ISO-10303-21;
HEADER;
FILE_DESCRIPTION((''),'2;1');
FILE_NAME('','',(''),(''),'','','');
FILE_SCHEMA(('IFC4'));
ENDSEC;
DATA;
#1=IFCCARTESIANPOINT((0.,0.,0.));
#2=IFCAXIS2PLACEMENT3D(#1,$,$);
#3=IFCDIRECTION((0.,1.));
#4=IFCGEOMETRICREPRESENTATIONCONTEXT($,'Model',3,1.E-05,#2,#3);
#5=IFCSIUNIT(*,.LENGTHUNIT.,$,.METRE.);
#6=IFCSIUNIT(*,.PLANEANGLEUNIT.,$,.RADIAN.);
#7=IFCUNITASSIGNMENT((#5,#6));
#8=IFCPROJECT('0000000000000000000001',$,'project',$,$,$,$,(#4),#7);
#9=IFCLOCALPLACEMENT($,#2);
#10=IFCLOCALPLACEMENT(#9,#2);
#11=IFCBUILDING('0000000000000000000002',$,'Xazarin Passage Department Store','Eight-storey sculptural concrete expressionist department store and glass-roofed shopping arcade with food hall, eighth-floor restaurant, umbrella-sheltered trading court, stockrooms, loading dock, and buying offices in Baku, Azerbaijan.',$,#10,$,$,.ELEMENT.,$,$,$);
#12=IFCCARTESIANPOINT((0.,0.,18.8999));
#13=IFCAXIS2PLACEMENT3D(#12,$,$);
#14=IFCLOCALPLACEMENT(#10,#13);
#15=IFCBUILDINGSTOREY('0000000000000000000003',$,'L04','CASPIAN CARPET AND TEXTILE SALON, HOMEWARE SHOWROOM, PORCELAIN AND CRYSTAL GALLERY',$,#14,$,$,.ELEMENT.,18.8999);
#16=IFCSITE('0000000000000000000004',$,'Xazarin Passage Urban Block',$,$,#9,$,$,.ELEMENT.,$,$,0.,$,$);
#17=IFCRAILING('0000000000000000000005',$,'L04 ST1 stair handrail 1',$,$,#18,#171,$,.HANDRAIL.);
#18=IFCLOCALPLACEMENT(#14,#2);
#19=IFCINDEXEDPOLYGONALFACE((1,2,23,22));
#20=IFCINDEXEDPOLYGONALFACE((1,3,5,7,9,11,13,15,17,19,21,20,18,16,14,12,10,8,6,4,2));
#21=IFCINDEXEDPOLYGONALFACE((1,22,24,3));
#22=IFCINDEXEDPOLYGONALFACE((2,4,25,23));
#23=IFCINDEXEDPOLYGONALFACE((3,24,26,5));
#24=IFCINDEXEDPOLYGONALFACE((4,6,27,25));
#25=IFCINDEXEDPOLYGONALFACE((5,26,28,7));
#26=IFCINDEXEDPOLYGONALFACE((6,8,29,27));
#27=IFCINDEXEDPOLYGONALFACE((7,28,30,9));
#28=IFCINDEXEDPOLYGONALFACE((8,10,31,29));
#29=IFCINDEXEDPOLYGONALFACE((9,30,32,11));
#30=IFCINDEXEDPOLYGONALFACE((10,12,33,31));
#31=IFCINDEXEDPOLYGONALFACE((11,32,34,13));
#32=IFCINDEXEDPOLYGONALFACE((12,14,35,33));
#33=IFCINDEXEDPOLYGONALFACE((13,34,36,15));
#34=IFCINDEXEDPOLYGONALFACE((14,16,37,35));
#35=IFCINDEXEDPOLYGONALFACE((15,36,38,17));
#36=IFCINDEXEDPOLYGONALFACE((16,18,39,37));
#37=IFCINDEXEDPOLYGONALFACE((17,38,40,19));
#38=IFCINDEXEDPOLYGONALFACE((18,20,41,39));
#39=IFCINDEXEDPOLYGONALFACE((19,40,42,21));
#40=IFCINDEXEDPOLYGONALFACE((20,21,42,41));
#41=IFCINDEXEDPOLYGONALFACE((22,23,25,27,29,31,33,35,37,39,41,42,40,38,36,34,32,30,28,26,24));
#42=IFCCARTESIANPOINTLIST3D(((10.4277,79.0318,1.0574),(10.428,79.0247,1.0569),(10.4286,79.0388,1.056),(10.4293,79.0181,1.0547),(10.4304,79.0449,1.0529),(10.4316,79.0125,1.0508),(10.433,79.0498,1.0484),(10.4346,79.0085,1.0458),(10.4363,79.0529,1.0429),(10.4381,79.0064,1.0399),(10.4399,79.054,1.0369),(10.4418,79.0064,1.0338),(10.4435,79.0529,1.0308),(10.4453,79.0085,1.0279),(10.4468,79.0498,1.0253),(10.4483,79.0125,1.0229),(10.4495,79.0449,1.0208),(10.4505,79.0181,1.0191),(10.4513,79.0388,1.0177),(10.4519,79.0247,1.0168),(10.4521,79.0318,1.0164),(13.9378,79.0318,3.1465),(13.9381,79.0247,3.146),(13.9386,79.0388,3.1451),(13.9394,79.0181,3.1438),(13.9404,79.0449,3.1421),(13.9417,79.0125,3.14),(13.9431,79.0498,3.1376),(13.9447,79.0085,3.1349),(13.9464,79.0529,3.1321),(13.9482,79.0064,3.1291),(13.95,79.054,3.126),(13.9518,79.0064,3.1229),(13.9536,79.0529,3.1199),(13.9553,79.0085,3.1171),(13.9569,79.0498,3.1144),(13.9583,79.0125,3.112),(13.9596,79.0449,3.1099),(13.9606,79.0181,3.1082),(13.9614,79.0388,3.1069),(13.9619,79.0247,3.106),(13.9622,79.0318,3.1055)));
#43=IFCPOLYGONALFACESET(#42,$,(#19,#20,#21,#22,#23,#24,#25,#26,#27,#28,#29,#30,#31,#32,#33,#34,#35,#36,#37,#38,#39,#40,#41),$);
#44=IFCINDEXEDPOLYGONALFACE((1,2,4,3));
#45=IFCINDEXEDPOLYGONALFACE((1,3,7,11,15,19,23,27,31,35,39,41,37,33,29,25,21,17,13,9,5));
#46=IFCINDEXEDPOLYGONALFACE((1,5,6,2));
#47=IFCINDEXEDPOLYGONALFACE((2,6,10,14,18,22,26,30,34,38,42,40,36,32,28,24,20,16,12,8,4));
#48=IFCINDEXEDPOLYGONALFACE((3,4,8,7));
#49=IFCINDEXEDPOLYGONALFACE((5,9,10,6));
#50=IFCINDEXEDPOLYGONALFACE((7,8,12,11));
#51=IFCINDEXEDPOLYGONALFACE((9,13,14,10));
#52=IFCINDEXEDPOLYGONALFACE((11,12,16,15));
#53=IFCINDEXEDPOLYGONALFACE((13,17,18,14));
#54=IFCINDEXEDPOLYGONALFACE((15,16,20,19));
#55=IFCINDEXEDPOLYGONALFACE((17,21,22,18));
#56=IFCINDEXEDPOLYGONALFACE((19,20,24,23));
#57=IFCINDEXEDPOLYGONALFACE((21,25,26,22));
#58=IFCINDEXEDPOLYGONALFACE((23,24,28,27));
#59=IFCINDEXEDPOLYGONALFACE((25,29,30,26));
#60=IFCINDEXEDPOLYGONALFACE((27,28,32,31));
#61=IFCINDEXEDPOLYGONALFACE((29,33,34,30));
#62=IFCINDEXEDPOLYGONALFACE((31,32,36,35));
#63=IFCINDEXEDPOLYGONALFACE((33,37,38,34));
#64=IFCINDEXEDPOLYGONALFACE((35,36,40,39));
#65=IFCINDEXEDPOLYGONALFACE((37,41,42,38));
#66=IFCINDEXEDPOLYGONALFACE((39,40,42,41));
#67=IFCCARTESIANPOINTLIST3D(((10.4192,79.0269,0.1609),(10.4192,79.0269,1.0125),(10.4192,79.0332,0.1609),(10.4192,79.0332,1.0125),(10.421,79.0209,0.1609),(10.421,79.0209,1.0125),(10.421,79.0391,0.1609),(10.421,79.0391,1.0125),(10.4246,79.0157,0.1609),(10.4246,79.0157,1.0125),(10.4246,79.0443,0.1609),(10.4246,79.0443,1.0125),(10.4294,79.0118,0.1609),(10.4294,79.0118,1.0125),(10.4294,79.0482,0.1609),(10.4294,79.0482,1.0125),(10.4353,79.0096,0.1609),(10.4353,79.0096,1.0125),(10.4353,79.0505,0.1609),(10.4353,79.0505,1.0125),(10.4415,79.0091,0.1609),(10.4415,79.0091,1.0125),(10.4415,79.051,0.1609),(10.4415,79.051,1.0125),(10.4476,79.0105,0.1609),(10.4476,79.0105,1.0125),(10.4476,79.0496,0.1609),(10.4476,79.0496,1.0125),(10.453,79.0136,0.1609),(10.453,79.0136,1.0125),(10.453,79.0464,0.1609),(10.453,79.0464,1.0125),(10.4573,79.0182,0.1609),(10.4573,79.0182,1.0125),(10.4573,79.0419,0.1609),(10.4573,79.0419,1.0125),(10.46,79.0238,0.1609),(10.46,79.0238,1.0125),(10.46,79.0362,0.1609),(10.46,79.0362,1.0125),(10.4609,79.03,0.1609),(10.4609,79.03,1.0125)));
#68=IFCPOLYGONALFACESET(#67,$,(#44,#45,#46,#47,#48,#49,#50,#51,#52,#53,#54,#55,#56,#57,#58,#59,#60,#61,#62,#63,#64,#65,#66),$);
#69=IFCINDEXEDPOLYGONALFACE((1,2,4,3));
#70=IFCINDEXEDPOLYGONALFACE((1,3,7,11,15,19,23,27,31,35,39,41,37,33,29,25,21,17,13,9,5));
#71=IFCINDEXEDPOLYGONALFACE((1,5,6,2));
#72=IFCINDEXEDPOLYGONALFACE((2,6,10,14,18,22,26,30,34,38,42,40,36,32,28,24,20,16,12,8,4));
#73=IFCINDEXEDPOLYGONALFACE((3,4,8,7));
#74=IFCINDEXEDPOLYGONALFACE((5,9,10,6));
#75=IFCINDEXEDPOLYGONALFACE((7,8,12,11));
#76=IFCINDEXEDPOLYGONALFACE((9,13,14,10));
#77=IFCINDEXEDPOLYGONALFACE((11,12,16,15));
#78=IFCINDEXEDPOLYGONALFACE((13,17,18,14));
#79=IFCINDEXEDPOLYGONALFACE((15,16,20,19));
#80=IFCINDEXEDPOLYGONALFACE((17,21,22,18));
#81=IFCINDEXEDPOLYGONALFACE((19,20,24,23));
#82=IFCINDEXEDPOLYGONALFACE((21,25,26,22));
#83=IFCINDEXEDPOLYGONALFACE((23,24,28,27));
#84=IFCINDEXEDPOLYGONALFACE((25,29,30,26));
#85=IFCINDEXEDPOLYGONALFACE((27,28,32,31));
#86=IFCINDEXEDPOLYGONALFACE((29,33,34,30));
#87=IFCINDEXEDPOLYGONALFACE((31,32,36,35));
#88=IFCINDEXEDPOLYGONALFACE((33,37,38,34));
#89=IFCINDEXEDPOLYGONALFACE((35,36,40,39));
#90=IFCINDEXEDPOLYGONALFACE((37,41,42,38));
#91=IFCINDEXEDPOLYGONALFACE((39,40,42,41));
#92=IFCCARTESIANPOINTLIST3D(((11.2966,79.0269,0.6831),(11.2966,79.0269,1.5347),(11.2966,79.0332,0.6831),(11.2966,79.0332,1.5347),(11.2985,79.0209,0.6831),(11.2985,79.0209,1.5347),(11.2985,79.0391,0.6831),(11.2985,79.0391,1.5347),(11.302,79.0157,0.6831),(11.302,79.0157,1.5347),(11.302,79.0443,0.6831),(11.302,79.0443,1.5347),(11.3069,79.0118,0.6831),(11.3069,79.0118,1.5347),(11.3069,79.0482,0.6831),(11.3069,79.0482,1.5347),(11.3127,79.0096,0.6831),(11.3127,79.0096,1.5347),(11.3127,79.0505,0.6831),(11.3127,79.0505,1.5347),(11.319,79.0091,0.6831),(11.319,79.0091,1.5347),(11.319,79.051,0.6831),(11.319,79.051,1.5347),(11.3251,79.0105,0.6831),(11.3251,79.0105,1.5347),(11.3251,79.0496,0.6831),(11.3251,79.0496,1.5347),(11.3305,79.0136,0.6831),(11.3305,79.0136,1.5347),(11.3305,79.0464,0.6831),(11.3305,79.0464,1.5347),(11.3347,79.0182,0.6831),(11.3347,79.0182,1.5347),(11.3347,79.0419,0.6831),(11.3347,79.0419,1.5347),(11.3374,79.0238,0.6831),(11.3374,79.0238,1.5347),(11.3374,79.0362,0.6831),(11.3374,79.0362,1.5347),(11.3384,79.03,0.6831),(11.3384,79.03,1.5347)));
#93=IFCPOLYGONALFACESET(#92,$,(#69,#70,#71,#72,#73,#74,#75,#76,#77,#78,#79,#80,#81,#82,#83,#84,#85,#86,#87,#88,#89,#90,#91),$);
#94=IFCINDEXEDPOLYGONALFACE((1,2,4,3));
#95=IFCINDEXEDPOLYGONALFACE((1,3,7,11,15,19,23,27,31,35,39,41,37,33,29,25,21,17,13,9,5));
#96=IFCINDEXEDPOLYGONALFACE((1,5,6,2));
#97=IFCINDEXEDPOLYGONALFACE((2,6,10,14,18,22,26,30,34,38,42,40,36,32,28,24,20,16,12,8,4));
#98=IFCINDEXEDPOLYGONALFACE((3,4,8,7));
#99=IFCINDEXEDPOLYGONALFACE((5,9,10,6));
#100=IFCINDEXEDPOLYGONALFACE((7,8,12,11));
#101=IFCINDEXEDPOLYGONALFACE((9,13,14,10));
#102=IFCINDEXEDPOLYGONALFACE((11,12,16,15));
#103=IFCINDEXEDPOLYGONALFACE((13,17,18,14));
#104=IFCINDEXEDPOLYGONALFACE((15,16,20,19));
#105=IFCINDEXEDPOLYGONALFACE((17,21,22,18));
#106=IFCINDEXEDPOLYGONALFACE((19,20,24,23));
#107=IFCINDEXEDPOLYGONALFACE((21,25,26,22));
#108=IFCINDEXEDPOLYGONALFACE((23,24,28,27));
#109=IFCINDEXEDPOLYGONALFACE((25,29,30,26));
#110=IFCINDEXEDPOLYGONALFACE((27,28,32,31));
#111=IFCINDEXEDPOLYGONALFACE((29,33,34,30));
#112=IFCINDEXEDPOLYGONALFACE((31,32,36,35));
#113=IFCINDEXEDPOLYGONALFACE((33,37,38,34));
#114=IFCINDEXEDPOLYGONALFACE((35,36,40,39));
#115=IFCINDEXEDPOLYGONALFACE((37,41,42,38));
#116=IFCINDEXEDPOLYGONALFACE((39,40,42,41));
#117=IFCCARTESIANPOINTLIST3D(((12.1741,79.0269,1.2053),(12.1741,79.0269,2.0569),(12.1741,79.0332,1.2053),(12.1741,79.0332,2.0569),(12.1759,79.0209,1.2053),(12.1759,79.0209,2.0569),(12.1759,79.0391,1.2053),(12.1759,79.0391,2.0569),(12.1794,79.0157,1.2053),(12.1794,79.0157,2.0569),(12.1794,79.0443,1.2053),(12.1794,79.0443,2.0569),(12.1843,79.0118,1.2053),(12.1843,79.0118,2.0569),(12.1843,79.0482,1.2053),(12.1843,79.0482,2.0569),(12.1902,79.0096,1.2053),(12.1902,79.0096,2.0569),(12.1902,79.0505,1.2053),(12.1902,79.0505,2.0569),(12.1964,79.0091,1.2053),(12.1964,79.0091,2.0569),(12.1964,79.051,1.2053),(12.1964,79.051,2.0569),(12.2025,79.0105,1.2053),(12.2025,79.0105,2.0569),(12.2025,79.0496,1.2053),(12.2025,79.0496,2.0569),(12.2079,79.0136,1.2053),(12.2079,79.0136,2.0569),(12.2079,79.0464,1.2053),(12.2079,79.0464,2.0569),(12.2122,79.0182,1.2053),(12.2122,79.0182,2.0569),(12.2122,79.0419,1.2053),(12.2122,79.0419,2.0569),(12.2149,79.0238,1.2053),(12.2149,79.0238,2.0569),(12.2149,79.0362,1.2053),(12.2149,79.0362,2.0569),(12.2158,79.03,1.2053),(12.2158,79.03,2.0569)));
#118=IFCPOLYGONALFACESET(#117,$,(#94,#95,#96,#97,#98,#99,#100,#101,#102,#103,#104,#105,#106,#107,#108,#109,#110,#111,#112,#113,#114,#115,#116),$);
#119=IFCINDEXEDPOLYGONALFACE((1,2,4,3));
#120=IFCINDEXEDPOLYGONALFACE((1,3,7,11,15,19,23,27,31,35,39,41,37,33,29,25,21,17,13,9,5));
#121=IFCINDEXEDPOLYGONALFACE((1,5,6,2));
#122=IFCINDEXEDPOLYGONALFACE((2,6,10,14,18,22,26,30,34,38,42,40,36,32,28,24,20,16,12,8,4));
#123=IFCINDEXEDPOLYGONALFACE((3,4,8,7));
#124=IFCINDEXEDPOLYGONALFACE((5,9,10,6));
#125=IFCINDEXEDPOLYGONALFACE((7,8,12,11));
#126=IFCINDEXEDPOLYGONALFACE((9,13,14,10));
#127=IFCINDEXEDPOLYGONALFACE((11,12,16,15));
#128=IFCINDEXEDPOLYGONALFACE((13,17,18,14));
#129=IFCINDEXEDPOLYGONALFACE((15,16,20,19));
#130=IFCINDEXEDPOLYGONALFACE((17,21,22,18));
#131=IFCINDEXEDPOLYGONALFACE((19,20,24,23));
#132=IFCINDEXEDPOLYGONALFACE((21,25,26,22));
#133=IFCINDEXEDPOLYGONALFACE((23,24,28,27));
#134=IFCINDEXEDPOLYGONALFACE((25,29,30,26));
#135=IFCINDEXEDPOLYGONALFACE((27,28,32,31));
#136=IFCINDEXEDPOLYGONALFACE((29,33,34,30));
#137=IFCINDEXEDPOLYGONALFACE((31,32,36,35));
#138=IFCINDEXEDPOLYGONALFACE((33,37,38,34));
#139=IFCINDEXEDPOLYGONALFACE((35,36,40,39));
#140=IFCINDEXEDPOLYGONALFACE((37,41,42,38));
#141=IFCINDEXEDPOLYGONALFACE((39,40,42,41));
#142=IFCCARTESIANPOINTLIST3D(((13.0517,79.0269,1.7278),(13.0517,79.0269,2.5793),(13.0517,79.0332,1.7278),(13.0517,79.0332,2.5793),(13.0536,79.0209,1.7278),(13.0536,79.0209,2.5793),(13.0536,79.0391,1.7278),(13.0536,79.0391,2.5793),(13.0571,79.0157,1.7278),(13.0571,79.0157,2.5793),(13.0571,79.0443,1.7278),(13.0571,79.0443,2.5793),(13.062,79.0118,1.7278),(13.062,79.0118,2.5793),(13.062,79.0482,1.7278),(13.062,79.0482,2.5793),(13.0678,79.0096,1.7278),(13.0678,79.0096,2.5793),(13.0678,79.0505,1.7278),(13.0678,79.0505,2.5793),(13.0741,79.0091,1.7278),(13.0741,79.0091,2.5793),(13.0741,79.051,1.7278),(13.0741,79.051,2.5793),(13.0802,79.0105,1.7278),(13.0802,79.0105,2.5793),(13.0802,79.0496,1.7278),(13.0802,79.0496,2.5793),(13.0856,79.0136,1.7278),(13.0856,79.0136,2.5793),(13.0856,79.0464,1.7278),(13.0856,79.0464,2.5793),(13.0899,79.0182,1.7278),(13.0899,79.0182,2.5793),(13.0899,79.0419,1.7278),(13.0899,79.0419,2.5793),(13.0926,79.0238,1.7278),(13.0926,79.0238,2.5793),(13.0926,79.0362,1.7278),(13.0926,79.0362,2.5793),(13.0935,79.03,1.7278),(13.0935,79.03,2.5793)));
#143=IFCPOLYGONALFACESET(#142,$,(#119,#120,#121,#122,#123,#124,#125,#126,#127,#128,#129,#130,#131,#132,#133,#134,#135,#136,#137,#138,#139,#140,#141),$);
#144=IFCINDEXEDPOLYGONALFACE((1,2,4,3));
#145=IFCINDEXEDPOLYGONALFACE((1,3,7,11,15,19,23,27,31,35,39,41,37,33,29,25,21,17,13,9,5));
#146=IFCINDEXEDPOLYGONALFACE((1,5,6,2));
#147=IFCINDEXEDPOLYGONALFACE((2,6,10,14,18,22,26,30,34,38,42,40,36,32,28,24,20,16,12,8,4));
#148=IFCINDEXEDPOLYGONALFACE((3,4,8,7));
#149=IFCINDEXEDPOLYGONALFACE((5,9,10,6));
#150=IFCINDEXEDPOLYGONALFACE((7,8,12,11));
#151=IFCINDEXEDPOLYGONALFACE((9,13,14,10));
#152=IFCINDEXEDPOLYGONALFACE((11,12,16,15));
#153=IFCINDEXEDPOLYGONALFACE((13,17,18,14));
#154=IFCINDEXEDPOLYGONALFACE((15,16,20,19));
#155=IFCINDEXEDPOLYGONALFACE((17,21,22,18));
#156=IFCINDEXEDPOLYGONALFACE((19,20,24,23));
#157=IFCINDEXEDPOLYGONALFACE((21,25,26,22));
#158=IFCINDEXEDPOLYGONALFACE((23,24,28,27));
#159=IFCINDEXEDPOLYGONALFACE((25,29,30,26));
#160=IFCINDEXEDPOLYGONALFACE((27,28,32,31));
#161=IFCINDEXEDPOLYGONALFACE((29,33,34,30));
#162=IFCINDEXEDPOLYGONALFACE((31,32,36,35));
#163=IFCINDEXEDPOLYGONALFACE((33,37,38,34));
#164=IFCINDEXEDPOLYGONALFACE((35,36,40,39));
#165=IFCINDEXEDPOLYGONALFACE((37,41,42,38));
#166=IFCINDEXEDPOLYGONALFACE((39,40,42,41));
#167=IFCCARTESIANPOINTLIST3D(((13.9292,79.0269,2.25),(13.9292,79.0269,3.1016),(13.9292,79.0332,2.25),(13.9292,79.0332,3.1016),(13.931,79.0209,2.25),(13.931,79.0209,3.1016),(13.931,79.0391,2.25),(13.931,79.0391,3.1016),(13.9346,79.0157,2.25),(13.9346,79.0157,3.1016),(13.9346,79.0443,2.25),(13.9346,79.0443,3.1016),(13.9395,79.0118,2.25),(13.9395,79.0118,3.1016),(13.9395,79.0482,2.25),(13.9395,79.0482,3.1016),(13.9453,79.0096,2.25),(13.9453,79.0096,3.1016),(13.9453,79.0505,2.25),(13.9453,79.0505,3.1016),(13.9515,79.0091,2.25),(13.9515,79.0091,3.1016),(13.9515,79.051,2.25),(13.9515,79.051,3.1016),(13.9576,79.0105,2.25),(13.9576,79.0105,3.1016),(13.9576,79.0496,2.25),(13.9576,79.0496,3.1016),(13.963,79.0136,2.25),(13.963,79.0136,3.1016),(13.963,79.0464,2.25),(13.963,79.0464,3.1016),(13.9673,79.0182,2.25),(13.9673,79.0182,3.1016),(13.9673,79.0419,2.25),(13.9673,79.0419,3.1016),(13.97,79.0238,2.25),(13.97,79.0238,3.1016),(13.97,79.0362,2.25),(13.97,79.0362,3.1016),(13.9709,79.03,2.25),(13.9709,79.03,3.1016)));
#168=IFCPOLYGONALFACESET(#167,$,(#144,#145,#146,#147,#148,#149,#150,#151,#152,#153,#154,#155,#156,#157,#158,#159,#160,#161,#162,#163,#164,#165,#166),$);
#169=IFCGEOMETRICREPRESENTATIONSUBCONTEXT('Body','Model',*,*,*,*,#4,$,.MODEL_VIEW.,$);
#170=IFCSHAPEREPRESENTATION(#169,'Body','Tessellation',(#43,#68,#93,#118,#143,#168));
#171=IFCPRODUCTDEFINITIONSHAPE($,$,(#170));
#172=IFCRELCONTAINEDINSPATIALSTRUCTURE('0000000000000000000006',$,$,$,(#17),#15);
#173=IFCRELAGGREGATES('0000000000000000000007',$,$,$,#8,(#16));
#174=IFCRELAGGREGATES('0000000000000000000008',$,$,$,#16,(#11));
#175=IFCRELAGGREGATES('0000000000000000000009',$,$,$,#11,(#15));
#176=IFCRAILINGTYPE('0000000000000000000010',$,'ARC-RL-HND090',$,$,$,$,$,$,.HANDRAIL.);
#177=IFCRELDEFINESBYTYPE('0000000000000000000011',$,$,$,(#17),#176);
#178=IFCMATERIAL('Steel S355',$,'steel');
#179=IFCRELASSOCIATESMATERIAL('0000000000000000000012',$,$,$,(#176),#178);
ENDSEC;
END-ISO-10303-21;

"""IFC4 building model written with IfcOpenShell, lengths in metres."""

from ifc_helpers import new_model, si_unit, direction, frame, origin, origin_2d, place, context, subcontext, project, spatial, circle, extrude, material, type_object, element, save


model = new_model("IFC4")

# Units and contexts
model_context = context("Model", 3, precision=1e-05, world=origin(), true_north=direction((0.0, 1.0)))
body_context = subcontext(model_context, "Body", "Model", "MODEL_VIEW")
ifc_project = project(units=[si_unit("LENGTHUNIT", "METRE"), si_unit("PLANEANGLEUNIT", "RADIAN")], contexts=[model_context])

# Site, building, storey
site_placement = place(None, origin())
site = spatial("IfcSite", under=ifc_project, at=site_placement, Name="Xazarin Passage Urban Block", CompositionType="ELEMENT", RefElevation=0.0)
building_placement = place(site_placement, origin())
building = spatial("IfcBuilding", under=site, at=building_placement, Name="Xazarin Passage Department Store", Description="Eight-storey sculptural concrete expressionist department store and glass-roofed shopping arcade with food hall, eighth-floor restaurant, umbrella-sheltered trading court, stockrooms, loading dock, and buying offices in Baku, Azerbaijan.", CompositionType="ELEMENT")
storey_placement = place(building_placement, frame((0.0, 0.0, 18.8999)))
storey = spatial("IfcBuildingStorey", under=building, at=storey_placement, Name="L04", Description="CASPIAN CARPET AND TEXTILE SALON, HOMEWARE SHOWROOM, PORCELAIN AND CRYSTAL GALLERY", CompositionType="ELEMENT", Elevation=18.8999)

# Shared definitions
ifc_material_1 = material(Name="Steel S355", Category="steel")

# Railing
railing_type_1 = type_object("IfcRailingType", Name="ARC-RL-HND090", PredefinedType="HANDRAIL", material=ifc_material_1)
railing_1_placement = place(storey_placement, frame((10.4399, 79.03, 0.1609)))
element("IfcRailing", 1, at=railing_1_placement, inside=storey, type_object=railing_type_1, Name="L04 ST1 stair handrail 1", PredefinedType="HANDRAIL", context=body_context, shape_type="SweptSolid", body=[
    extrude(circle(Radius=0.0239, at=origin_2d()), frame((0.0, 0.0, 0.876), z_axis=(0.859312, 0.0, 0.511451), x_axis=(0.0, 1.0, 0.0)), (0.0, 0.0, 1.0), 4.0847),
    extrude(circle(Radius=0.021, at=origin_2d()), origin(), (0.0, 0.0, 1.0), 0.8516),
    extrude(circle(Radius=0.021, at=origin_2d()), frame((0.8774, 0.0, 0.5222)), (0.0, 0.0, 1.0), 0.8516),
    extrude(circle(Radius=0.021, at=origin_2d()), frame((1.7549, 0.0, 1.0444)), (0.0, 0.0, 1.0), 0.8516),
    extrude(circle(Radius=0.021, at=origin_2d()), frame((2.6326, 0.0, 1.5669)), (0.0, 0.0, 1.0), 0.8516),
    extrude(circle(Radius=0.021, at=origin_2d()), frame((3.51, 0.0, 2.0891)), (0.0, 0.0, 1.0), 0.8516),
])

save(model, "model.ifc")
